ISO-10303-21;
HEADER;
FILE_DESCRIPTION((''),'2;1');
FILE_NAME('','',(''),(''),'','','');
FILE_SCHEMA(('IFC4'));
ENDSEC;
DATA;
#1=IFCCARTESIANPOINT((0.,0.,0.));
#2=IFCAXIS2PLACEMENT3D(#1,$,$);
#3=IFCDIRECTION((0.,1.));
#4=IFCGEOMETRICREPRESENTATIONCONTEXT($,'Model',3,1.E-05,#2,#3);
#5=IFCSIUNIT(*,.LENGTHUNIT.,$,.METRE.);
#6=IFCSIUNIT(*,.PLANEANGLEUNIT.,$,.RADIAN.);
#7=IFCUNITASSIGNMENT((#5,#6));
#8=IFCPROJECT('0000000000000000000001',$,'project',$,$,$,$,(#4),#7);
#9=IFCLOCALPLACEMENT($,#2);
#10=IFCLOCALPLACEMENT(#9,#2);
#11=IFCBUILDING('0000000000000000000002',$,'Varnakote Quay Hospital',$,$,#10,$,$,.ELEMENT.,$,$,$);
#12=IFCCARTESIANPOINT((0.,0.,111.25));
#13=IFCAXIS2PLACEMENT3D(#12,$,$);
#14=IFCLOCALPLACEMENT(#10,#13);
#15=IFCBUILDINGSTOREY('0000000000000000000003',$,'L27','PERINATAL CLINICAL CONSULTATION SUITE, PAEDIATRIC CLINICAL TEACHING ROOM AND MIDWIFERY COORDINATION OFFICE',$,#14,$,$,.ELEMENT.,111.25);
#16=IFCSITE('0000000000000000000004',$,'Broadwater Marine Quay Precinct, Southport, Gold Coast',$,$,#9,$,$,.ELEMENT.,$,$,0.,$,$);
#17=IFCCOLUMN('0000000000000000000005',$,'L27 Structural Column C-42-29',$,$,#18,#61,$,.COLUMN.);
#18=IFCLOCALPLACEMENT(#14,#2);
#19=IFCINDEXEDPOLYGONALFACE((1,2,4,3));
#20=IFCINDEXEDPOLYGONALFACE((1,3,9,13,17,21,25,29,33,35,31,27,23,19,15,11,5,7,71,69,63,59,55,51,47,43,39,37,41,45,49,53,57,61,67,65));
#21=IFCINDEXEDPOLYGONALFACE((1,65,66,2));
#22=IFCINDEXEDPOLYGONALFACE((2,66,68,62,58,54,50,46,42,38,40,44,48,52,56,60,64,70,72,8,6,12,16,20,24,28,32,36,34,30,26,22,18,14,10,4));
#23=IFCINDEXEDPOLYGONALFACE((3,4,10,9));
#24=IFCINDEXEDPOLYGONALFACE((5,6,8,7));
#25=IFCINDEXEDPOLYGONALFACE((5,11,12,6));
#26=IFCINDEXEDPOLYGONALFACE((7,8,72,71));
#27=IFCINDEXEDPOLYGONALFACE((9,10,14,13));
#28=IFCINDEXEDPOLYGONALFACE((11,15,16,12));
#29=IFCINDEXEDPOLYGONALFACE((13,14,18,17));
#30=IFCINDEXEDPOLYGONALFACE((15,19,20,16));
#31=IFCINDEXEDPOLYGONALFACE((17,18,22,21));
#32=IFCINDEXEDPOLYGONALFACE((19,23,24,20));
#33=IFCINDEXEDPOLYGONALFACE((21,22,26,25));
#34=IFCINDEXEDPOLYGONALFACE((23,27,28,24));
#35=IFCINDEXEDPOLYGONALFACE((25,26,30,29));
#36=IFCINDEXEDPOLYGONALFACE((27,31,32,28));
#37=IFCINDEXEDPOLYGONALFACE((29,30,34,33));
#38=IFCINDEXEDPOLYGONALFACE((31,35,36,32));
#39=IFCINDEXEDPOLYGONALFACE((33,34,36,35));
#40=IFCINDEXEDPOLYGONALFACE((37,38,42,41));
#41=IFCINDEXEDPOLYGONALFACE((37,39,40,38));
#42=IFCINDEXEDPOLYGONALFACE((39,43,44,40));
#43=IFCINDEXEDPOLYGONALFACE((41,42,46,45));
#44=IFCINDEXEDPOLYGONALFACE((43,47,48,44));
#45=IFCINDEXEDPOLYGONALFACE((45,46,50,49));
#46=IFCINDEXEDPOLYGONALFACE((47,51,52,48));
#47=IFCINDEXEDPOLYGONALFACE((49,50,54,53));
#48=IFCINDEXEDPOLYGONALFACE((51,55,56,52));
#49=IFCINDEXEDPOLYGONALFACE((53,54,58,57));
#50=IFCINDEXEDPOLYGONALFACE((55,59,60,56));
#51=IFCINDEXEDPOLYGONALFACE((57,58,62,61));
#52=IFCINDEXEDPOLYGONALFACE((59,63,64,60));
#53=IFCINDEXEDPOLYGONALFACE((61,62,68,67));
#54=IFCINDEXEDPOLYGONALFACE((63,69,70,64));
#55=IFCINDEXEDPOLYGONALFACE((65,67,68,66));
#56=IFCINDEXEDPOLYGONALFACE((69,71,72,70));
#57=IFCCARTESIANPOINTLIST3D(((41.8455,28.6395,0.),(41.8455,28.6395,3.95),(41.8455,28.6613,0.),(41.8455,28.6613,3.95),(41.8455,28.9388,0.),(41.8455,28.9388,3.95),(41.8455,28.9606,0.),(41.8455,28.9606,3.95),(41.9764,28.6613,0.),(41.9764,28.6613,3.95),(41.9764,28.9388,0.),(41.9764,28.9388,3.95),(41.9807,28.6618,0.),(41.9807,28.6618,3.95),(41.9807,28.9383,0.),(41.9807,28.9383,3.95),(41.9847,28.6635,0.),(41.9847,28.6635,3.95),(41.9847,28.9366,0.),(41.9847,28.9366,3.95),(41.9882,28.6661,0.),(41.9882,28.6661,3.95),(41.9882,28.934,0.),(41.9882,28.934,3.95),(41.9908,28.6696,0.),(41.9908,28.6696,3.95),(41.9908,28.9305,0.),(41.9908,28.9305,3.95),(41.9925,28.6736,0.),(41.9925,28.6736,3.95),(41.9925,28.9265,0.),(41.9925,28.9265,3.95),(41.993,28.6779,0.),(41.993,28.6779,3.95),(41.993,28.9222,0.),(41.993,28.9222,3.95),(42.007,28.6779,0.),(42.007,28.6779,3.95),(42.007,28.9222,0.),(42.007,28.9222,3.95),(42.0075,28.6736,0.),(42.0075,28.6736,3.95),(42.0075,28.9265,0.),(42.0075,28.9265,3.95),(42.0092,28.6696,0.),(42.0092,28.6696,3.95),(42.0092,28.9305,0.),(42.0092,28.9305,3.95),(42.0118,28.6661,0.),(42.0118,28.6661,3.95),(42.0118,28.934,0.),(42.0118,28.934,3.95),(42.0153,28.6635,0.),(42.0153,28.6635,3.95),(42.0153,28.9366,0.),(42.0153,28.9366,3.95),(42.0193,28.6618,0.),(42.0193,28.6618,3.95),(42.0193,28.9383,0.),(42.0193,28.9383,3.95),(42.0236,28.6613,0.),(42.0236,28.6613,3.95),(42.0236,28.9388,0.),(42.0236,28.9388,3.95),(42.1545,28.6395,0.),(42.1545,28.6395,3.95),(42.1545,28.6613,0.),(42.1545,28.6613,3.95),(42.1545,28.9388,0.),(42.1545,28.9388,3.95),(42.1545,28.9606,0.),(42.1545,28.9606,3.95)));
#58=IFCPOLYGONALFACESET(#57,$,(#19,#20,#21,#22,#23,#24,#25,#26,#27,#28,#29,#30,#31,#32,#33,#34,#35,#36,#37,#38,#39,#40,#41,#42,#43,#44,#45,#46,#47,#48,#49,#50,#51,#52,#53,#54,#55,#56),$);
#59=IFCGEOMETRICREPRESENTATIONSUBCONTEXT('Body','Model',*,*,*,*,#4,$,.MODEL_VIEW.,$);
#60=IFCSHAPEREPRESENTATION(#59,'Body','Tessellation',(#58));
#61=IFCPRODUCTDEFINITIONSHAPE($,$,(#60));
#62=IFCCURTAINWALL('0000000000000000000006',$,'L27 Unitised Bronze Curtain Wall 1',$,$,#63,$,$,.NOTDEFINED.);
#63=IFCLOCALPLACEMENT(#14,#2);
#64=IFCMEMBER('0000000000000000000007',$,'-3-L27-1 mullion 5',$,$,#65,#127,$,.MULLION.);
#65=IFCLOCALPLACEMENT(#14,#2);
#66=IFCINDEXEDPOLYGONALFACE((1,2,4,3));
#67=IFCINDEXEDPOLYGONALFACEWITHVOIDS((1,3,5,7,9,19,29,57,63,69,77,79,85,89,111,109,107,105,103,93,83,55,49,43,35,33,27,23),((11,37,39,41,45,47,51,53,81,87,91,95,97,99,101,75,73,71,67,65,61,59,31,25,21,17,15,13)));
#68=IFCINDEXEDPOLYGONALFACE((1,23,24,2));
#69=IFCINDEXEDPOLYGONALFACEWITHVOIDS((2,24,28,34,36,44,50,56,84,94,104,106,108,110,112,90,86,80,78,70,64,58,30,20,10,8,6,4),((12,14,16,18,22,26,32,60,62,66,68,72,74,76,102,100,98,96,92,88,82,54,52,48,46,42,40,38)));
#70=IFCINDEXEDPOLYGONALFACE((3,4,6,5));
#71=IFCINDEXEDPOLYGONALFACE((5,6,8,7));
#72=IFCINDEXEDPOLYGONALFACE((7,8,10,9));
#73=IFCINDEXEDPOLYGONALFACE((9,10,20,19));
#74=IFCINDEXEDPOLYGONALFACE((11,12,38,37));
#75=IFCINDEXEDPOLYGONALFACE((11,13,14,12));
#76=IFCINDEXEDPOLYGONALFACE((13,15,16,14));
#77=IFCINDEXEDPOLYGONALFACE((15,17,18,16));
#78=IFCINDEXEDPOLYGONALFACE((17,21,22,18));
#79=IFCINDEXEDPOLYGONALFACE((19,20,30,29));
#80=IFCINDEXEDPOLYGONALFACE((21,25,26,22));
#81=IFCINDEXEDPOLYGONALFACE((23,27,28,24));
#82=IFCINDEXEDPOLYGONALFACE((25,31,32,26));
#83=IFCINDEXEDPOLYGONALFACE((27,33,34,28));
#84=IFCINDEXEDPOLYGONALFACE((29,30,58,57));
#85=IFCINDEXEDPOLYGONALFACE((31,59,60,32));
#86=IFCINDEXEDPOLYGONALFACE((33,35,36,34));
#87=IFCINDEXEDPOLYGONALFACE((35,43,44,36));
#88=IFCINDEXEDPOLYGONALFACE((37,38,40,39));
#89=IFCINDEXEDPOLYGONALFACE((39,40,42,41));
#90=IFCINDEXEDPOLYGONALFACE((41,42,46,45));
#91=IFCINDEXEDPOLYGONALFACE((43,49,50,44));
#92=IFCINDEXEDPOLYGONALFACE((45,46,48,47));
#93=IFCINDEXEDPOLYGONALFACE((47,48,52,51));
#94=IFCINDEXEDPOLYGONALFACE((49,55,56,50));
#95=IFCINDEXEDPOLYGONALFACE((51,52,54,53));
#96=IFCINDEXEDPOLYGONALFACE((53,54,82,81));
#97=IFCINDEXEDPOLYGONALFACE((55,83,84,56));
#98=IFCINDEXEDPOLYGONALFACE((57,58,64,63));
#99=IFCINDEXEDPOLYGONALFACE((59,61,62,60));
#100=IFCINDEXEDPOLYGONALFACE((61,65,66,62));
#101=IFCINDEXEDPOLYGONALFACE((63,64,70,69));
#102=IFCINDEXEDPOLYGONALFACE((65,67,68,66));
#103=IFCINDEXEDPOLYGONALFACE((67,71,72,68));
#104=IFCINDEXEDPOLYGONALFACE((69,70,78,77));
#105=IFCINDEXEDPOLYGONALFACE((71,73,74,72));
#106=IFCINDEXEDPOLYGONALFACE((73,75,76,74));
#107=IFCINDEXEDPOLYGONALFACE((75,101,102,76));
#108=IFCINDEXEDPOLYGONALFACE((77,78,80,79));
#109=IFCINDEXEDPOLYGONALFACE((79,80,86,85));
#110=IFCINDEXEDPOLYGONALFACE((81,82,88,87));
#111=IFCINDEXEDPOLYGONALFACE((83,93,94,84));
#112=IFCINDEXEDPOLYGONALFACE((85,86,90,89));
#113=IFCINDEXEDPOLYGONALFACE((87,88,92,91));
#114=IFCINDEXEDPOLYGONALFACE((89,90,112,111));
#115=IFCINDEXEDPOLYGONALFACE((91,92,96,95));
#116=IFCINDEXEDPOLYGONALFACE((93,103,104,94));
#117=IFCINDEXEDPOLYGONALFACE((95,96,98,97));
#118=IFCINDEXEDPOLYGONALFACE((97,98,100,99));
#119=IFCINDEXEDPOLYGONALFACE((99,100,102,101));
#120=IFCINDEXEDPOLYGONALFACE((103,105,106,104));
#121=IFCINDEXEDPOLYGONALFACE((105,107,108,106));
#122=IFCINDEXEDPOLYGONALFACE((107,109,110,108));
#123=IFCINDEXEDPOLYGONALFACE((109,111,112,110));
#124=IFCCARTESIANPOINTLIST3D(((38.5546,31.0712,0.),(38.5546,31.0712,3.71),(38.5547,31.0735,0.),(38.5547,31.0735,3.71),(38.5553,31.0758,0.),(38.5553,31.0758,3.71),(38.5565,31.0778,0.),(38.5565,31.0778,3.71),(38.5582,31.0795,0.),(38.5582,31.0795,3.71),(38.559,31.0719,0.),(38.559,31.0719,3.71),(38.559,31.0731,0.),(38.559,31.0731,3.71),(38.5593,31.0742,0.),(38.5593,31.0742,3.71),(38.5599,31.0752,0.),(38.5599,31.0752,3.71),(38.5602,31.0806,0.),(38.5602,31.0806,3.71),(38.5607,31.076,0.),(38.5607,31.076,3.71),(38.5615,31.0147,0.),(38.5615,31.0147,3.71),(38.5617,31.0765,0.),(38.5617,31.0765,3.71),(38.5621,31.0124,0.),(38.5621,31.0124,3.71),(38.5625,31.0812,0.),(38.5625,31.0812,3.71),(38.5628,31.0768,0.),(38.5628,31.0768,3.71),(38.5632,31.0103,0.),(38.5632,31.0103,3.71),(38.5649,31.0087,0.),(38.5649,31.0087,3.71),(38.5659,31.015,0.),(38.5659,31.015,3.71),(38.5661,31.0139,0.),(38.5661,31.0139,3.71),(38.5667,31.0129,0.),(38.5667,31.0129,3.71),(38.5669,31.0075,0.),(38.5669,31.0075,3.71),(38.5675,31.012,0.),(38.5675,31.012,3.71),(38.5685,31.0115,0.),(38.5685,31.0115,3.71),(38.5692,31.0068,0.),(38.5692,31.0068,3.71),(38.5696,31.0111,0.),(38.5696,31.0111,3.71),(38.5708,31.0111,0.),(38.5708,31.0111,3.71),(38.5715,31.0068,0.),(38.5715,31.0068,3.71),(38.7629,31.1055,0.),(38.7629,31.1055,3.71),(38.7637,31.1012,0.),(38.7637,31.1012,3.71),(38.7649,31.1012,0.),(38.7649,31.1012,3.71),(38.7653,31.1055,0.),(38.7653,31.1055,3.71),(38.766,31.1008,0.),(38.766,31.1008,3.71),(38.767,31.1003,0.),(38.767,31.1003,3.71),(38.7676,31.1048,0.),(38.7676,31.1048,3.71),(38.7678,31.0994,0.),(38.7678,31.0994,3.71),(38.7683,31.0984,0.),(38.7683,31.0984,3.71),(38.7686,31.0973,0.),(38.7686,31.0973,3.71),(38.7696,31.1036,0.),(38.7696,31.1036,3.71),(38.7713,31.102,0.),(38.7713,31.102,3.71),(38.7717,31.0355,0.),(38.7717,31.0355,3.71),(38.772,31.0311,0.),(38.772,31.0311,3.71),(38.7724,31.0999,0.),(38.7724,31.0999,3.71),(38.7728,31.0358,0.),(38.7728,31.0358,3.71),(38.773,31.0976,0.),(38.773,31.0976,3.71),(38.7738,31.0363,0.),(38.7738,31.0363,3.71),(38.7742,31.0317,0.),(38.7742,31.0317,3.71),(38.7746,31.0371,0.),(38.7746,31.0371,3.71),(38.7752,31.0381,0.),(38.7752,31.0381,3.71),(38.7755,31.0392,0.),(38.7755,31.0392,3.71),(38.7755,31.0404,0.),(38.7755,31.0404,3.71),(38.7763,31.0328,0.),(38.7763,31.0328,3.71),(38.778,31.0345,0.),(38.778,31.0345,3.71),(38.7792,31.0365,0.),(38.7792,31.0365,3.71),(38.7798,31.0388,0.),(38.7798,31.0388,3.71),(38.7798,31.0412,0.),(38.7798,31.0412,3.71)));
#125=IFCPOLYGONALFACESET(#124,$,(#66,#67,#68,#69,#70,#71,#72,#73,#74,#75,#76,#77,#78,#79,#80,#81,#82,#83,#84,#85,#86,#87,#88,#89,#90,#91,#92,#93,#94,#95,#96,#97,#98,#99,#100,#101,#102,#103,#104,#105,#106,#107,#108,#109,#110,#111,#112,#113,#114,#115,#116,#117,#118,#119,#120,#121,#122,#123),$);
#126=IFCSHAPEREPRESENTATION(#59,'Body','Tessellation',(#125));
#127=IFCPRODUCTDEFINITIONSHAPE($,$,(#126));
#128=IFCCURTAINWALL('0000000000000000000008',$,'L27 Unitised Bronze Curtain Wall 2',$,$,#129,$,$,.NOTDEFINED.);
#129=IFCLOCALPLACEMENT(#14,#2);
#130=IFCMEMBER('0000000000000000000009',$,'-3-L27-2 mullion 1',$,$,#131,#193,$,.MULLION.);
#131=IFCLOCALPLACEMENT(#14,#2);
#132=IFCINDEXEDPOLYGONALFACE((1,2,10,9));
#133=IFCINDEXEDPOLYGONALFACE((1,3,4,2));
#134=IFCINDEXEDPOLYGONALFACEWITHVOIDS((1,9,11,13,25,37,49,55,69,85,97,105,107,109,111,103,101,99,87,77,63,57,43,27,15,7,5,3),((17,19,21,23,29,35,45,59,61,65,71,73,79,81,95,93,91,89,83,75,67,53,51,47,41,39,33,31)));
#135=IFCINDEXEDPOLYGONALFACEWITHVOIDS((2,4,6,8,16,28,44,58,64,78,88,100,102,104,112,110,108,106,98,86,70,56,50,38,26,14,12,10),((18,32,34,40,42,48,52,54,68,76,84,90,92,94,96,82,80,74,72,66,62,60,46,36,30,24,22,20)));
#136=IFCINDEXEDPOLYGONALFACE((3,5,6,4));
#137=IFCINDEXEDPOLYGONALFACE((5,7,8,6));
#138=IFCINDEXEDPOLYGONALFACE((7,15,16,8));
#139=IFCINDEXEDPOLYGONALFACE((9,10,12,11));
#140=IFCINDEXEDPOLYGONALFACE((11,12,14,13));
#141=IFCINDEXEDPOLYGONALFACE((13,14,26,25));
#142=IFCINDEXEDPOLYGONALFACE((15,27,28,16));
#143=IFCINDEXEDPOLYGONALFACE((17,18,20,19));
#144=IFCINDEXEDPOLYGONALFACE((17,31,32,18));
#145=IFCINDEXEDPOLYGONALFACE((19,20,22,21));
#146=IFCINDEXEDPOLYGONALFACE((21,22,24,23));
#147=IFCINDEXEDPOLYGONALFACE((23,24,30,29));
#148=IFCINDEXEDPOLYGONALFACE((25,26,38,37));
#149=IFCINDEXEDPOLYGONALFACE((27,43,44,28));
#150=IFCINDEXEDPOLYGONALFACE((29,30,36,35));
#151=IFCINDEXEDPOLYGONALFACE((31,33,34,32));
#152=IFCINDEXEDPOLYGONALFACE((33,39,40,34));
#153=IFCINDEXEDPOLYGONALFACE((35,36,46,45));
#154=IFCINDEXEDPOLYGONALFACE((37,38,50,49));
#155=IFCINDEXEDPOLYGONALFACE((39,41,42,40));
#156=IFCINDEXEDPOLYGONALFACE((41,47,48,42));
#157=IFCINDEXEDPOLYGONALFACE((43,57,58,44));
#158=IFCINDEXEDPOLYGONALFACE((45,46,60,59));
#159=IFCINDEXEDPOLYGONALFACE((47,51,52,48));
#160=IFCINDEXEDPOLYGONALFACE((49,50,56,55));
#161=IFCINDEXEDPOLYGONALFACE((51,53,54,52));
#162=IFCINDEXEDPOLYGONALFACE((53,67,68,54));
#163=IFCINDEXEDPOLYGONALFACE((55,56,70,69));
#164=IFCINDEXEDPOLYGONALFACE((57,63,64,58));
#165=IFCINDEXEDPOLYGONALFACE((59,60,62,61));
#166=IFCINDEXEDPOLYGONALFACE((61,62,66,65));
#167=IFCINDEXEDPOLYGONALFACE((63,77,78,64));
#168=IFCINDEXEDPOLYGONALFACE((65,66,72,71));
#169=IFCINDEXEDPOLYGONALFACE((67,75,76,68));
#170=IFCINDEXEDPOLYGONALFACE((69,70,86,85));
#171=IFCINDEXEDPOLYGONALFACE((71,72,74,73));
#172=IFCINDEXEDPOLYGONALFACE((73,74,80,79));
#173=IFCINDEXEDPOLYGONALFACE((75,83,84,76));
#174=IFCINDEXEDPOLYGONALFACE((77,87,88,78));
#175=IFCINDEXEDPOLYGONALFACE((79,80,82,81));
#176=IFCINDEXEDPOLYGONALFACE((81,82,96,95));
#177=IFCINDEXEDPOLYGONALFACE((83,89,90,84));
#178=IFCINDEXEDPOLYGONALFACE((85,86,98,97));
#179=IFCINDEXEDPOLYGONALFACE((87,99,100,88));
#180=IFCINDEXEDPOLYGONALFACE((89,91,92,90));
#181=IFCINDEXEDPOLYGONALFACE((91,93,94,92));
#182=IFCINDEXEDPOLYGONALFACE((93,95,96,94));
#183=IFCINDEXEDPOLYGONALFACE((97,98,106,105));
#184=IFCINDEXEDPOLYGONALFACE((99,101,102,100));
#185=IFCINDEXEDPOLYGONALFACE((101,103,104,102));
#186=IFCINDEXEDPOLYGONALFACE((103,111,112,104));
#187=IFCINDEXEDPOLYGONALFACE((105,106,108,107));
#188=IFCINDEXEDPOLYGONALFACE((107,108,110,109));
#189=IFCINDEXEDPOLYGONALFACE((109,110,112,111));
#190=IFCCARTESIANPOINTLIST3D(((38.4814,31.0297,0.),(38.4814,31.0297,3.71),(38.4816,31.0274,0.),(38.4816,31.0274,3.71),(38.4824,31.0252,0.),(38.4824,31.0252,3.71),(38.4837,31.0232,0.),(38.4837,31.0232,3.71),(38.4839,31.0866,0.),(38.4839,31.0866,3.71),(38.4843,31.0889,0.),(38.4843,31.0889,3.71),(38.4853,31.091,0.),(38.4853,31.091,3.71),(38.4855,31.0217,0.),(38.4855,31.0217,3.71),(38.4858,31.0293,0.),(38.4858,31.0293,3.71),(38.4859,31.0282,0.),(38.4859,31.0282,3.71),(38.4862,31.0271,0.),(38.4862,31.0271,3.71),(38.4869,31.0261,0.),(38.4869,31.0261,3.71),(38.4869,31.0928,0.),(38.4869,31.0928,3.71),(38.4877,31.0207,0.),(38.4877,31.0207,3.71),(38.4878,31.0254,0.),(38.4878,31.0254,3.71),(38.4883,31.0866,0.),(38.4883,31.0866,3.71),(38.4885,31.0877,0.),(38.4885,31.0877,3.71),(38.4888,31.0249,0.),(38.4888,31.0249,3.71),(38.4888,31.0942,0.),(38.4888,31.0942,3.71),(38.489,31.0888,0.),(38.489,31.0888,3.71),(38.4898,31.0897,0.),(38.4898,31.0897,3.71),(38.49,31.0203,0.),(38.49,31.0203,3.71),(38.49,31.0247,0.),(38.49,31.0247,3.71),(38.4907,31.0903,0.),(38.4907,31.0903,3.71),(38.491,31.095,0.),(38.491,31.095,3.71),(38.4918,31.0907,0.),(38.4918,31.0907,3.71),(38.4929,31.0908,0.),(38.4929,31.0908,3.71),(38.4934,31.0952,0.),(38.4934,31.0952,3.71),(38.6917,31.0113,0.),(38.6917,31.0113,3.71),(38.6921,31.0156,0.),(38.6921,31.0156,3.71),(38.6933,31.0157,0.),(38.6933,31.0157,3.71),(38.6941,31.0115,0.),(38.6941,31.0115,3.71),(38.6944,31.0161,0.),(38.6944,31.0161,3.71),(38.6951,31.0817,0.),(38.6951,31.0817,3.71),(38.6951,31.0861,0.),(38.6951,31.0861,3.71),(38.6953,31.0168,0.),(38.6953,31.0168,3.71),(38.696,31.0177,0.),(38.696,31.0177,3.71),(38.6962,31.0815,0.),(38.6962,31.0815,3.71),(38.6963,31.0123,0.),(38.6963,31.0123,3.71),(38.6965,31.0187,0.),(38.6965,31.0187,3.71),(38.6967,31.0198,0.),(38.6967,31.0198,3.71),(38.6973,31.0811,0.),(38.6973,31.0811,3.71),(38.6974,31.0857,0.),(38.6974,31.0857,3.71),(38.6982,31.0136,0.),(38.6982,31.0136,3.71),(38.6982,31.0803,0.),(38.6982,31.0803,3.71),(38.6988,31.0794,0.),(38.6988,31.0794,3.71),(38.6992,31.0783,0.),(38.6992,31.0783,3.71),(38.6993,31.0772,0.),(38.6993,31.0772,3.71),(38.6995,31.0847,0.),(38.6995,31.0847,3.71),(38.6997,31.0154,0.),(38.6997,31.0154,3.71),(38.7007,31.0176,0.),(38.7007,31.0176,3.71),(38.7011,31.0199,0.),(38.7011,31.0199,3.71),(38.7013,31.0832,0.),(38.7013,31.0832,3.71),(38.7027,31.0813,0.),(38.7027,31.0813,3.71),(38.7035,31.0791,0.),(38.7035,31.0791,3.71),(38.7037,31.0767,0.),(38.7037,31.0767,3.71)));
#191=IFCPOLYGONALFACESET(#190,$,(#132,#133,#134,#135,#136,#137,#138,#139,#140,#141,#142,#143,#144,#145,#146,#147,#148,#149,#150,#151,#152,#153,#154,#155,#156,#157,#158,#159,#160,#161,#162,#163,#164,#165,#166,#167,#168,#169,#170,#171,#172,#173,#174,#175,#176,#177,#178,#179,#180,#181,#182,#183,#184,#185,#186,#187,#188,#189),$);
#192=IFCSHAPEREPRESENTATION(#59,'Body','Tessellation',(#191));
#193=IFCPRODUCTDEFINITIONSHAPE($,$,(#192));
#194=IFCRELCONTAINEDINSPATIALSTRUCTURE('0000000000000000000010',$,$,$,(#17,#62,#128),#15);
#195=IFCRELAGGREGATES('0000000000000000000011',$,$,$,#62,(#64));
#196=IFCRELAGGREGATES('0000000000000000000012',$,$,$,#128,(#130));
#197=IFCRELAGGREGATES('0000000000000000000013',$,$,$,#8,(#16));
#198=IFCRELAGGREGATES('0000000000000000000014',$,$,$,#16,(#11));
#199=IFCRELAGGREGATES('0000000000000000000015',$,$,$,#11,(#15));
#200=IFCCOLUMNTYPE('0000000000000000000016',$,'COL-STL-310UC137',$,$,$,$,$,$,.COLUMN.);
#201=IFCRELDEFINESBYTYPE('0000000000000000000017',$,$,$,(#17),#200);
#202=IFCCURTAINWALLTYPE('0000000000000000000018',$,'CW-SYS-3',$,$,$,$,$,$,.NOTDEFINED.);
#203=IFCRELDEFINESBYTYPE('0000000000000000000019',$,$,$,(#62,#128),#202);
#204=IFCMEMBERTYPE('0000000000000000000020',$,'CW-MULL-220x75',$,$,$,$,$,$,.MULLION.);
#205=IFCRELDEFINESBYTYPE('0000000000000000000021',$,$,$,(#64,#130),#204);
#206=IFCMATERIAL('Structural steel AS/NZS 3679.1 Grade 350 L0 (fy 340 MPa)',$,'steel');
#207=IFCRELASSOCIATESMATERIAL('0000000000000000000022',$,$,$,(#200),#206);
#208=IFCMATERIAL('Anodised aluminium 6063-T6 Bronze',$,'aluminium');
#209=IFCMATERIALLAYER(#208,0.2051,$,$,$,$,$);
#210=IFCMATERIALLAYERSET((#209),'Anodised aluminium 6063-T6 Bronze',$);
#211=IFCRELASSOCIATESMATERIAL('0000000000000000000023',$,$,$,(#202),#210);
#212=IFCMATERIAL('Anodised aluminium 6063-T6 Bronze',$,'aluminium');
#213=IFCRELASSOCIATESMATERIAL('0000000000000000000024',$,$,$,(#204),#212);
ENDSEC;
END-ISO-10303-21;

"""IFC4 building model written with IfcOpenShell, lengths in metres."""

from ifc_helpers import new_model, si_unit, direction, frame, origin, origin_2d, place, context, subcontext, project, spatial, hollow_rectangle, i_section, extrude, material, layer, layer_set, material_profile, profile_set, type_object, element, aggregate, save


model = new_model("IFC4")

# Units and contexts
model_context = context("Model", 3, precision=1e-05, world=origin(), true_north=direction((0.0, 1.0)))
body_context = subcontext(model_context, "Body", "Model", "MODEL_VIEW")
ifc_project = project(units=[si_unit("LENGTHUNIT", "METRE"), si_unit("PLANEANGLEUNIT", "RADIAN")], contexts=[model_context])

# Site, building, storey
site_placement = place(None, origin())
site = spatial("IfcSite", under=ifc_project, at=site_placement, Name="Broadwater Marine Quay Precinct, Southport, Gold Coast", CompositionType="ELEMENT", RefElevation=0.0)
building_placement = place(site_placement, origin())
building = spatial("IfcBuilding", under=site, at=building_placement, Name="Varnakote Quay Hospital", CompositionType="ELEMENT")
storey_placement = place(building_placement, frame((0.0, 0.0, 111.25)))
storey = spatial("IfcBuildingStorey", under=building, at=storey_placement, Name="L27", Description="PERINATAL CLINICAL CONSULTATION SUITE, PAEDIATRIC CLINICAL TEACHING ROOM AND MIDWIFERY COORDINATION OFFICE", CompositionType="ELEMENT", Elevation=111.25)

# Column
ifc_material_1 = material(Name="Structural steel AS/NZS 3679.1 Grade 350 L0 (fy 340 MPa)", Category="steel")
ifc_material_profile_1 = material_profile(ifc_material_1, i_section(OverallWidth=0.3091, OverallDepth=0.321, WebThickness=0.0139, FlangeThickness=0.0217, FilletRadius=0.0166, at=origin_2d()), Name="310UC137")
ifc_profile_set_1 = profile_set([ifc_material_profile_1], Name="Structural steel AS/NZS 3679.1 Grade 350 L0 (fy 340 MPa)")
column_type = type_object("IfcColumnType", Name="COL-STL-310UC137", PredefinedType="COLUMN", material=ifc_profile_set_1)
column_placement = place(storey_placement, frame((42.0, 28.8, 0.0), z_axis=(0.0, 0.0, 1.0), x_axis=(1.0, 0.0, 0.0)))
element("IfcColumn", 1, at=column_placement, inside=storey, type_object=column_type, Name="L27 Structural Column C-42-29", PredefinedType="COLUMN", context=body_context, shape_type="SweptSolid", body=[
    extrude(i_section(OverallWidth=0.3091, OverallDepth=0.321, WebThickness=0.0139, FlangeThickness=0.0217, FilletRadius=0.0166, at=origin_2d()), origin(), (0.0, 0.0, 1.0), 3.95),
])

# Curtain wall, member
ifc_material_2 = material(Name="Anodised aluminium 6063-T6 Bronze", Category="aluminium")
ifc_layer_1 = layer(ifc_material_2, 0.2051)
ifc_layer_set_1 = layer_set([ifc_layer_1], Name="Anodised aluminium 6063-T6 Bronze")
curtain_wall_type = type_object("IfcCurtainWallType", Name="CW-SYS-3", PredefinedType="NOTDEFINED", material=ifc_layer_set_1)
curtain_wall_1_placement = place(storey_placement, origin())
curtain_wall_1 = element("IfcCurtainWall", 2, at=curtain_wall_1_placement, inside=storey, type_object=curtain_wall_type, Name="L27 Unitised Bronze Curtain Wall 1", PredefinedType="NOTDEFINED")
ifc_material_3 = material(Name="Anodised aluminium 6063-T6 Bronze", Category="aluminium")
ifc_material_profile_2 = material_profile(ifc_material_3, hollow_rectangle(XDim=0.075, YDim=0.22, WallThickness=0.0044, InnerFilletRadius=0.0044, OuterFilletRadius=0.009, at=origin_2d()), Name="CW-MULL-220x75")
ifc_profile_set_2 = profile_set([ifc_material_profile_2], Name="Anodised aluminium 6063-T6 Bronze")
member_type_1 = type_object("IfcMemberType", Name="CW-MULL-220x75", PredefinedType="MULLION", material=ifc_profile_set_2)
member_1_placement = place(storey_placement, frame((38.6672, 31.0562, 0.0), z_axis=(0.0, 0.0, 1.0), x_axis=(0.120327, -0.992734, 0.0)))
member_1 = element("IfcMember", 3, at=member_1_placement, type_object=member_type_1, Name="-3-L27-1 mullion 5", PredefinedType="MULLION", context=body_context, shape_type="SweptSolid", body=[
    extrude(hollow_rectangle(XDim=0.075, YDim=0.22, WallThickness=0.0044, InnerFilletRadius=0.0044, OuterFilletRadius=0.009, at=origin_2d()), origin(), (0.0, 0.0, 1.0), 3.71),
])

# Curtain wall, member
curtain_wall_2_placement = place(storey_placement, origin())
curtain_wall_2 = element("IfcCurtainWall", 4, at=curtain_wall_2_placement, inside=storey, type_object=curtain_wall_type, Name="L27 Unitised Bronze Curtain Wall 2", PredefinedType="NOTDEFINED")
member_2_placement = place(storey_placement, frame((38.5925, 31.0532, 0.0), z_axis=(0.0, 0.0, 1.0), x_axis=(-0.044782, -0.998997, 0.0)))
member_2 = element("IfcMember", 5, at=member_2_placement, type_object=member_type_1, Name="-3-L27-2 mullion 1", PredefinedType="MULLION", context=body_context, shape_type="SweptSolid", body=[
    extrude(hollow_rectangle(XDim=0.075, YDim=0.22, WallThickness=0.0044, InnerFilletRadius=0.0044, OuterFilletRadius=0.009, at=origin_2d()), origin(), (0.0, 0.0, 1.0), 3.71),
])

aggregate(curtain_wall_1, [member_1])
aggregate(curtain_wall_2, [member_2])

save(model, "model.ifc")
